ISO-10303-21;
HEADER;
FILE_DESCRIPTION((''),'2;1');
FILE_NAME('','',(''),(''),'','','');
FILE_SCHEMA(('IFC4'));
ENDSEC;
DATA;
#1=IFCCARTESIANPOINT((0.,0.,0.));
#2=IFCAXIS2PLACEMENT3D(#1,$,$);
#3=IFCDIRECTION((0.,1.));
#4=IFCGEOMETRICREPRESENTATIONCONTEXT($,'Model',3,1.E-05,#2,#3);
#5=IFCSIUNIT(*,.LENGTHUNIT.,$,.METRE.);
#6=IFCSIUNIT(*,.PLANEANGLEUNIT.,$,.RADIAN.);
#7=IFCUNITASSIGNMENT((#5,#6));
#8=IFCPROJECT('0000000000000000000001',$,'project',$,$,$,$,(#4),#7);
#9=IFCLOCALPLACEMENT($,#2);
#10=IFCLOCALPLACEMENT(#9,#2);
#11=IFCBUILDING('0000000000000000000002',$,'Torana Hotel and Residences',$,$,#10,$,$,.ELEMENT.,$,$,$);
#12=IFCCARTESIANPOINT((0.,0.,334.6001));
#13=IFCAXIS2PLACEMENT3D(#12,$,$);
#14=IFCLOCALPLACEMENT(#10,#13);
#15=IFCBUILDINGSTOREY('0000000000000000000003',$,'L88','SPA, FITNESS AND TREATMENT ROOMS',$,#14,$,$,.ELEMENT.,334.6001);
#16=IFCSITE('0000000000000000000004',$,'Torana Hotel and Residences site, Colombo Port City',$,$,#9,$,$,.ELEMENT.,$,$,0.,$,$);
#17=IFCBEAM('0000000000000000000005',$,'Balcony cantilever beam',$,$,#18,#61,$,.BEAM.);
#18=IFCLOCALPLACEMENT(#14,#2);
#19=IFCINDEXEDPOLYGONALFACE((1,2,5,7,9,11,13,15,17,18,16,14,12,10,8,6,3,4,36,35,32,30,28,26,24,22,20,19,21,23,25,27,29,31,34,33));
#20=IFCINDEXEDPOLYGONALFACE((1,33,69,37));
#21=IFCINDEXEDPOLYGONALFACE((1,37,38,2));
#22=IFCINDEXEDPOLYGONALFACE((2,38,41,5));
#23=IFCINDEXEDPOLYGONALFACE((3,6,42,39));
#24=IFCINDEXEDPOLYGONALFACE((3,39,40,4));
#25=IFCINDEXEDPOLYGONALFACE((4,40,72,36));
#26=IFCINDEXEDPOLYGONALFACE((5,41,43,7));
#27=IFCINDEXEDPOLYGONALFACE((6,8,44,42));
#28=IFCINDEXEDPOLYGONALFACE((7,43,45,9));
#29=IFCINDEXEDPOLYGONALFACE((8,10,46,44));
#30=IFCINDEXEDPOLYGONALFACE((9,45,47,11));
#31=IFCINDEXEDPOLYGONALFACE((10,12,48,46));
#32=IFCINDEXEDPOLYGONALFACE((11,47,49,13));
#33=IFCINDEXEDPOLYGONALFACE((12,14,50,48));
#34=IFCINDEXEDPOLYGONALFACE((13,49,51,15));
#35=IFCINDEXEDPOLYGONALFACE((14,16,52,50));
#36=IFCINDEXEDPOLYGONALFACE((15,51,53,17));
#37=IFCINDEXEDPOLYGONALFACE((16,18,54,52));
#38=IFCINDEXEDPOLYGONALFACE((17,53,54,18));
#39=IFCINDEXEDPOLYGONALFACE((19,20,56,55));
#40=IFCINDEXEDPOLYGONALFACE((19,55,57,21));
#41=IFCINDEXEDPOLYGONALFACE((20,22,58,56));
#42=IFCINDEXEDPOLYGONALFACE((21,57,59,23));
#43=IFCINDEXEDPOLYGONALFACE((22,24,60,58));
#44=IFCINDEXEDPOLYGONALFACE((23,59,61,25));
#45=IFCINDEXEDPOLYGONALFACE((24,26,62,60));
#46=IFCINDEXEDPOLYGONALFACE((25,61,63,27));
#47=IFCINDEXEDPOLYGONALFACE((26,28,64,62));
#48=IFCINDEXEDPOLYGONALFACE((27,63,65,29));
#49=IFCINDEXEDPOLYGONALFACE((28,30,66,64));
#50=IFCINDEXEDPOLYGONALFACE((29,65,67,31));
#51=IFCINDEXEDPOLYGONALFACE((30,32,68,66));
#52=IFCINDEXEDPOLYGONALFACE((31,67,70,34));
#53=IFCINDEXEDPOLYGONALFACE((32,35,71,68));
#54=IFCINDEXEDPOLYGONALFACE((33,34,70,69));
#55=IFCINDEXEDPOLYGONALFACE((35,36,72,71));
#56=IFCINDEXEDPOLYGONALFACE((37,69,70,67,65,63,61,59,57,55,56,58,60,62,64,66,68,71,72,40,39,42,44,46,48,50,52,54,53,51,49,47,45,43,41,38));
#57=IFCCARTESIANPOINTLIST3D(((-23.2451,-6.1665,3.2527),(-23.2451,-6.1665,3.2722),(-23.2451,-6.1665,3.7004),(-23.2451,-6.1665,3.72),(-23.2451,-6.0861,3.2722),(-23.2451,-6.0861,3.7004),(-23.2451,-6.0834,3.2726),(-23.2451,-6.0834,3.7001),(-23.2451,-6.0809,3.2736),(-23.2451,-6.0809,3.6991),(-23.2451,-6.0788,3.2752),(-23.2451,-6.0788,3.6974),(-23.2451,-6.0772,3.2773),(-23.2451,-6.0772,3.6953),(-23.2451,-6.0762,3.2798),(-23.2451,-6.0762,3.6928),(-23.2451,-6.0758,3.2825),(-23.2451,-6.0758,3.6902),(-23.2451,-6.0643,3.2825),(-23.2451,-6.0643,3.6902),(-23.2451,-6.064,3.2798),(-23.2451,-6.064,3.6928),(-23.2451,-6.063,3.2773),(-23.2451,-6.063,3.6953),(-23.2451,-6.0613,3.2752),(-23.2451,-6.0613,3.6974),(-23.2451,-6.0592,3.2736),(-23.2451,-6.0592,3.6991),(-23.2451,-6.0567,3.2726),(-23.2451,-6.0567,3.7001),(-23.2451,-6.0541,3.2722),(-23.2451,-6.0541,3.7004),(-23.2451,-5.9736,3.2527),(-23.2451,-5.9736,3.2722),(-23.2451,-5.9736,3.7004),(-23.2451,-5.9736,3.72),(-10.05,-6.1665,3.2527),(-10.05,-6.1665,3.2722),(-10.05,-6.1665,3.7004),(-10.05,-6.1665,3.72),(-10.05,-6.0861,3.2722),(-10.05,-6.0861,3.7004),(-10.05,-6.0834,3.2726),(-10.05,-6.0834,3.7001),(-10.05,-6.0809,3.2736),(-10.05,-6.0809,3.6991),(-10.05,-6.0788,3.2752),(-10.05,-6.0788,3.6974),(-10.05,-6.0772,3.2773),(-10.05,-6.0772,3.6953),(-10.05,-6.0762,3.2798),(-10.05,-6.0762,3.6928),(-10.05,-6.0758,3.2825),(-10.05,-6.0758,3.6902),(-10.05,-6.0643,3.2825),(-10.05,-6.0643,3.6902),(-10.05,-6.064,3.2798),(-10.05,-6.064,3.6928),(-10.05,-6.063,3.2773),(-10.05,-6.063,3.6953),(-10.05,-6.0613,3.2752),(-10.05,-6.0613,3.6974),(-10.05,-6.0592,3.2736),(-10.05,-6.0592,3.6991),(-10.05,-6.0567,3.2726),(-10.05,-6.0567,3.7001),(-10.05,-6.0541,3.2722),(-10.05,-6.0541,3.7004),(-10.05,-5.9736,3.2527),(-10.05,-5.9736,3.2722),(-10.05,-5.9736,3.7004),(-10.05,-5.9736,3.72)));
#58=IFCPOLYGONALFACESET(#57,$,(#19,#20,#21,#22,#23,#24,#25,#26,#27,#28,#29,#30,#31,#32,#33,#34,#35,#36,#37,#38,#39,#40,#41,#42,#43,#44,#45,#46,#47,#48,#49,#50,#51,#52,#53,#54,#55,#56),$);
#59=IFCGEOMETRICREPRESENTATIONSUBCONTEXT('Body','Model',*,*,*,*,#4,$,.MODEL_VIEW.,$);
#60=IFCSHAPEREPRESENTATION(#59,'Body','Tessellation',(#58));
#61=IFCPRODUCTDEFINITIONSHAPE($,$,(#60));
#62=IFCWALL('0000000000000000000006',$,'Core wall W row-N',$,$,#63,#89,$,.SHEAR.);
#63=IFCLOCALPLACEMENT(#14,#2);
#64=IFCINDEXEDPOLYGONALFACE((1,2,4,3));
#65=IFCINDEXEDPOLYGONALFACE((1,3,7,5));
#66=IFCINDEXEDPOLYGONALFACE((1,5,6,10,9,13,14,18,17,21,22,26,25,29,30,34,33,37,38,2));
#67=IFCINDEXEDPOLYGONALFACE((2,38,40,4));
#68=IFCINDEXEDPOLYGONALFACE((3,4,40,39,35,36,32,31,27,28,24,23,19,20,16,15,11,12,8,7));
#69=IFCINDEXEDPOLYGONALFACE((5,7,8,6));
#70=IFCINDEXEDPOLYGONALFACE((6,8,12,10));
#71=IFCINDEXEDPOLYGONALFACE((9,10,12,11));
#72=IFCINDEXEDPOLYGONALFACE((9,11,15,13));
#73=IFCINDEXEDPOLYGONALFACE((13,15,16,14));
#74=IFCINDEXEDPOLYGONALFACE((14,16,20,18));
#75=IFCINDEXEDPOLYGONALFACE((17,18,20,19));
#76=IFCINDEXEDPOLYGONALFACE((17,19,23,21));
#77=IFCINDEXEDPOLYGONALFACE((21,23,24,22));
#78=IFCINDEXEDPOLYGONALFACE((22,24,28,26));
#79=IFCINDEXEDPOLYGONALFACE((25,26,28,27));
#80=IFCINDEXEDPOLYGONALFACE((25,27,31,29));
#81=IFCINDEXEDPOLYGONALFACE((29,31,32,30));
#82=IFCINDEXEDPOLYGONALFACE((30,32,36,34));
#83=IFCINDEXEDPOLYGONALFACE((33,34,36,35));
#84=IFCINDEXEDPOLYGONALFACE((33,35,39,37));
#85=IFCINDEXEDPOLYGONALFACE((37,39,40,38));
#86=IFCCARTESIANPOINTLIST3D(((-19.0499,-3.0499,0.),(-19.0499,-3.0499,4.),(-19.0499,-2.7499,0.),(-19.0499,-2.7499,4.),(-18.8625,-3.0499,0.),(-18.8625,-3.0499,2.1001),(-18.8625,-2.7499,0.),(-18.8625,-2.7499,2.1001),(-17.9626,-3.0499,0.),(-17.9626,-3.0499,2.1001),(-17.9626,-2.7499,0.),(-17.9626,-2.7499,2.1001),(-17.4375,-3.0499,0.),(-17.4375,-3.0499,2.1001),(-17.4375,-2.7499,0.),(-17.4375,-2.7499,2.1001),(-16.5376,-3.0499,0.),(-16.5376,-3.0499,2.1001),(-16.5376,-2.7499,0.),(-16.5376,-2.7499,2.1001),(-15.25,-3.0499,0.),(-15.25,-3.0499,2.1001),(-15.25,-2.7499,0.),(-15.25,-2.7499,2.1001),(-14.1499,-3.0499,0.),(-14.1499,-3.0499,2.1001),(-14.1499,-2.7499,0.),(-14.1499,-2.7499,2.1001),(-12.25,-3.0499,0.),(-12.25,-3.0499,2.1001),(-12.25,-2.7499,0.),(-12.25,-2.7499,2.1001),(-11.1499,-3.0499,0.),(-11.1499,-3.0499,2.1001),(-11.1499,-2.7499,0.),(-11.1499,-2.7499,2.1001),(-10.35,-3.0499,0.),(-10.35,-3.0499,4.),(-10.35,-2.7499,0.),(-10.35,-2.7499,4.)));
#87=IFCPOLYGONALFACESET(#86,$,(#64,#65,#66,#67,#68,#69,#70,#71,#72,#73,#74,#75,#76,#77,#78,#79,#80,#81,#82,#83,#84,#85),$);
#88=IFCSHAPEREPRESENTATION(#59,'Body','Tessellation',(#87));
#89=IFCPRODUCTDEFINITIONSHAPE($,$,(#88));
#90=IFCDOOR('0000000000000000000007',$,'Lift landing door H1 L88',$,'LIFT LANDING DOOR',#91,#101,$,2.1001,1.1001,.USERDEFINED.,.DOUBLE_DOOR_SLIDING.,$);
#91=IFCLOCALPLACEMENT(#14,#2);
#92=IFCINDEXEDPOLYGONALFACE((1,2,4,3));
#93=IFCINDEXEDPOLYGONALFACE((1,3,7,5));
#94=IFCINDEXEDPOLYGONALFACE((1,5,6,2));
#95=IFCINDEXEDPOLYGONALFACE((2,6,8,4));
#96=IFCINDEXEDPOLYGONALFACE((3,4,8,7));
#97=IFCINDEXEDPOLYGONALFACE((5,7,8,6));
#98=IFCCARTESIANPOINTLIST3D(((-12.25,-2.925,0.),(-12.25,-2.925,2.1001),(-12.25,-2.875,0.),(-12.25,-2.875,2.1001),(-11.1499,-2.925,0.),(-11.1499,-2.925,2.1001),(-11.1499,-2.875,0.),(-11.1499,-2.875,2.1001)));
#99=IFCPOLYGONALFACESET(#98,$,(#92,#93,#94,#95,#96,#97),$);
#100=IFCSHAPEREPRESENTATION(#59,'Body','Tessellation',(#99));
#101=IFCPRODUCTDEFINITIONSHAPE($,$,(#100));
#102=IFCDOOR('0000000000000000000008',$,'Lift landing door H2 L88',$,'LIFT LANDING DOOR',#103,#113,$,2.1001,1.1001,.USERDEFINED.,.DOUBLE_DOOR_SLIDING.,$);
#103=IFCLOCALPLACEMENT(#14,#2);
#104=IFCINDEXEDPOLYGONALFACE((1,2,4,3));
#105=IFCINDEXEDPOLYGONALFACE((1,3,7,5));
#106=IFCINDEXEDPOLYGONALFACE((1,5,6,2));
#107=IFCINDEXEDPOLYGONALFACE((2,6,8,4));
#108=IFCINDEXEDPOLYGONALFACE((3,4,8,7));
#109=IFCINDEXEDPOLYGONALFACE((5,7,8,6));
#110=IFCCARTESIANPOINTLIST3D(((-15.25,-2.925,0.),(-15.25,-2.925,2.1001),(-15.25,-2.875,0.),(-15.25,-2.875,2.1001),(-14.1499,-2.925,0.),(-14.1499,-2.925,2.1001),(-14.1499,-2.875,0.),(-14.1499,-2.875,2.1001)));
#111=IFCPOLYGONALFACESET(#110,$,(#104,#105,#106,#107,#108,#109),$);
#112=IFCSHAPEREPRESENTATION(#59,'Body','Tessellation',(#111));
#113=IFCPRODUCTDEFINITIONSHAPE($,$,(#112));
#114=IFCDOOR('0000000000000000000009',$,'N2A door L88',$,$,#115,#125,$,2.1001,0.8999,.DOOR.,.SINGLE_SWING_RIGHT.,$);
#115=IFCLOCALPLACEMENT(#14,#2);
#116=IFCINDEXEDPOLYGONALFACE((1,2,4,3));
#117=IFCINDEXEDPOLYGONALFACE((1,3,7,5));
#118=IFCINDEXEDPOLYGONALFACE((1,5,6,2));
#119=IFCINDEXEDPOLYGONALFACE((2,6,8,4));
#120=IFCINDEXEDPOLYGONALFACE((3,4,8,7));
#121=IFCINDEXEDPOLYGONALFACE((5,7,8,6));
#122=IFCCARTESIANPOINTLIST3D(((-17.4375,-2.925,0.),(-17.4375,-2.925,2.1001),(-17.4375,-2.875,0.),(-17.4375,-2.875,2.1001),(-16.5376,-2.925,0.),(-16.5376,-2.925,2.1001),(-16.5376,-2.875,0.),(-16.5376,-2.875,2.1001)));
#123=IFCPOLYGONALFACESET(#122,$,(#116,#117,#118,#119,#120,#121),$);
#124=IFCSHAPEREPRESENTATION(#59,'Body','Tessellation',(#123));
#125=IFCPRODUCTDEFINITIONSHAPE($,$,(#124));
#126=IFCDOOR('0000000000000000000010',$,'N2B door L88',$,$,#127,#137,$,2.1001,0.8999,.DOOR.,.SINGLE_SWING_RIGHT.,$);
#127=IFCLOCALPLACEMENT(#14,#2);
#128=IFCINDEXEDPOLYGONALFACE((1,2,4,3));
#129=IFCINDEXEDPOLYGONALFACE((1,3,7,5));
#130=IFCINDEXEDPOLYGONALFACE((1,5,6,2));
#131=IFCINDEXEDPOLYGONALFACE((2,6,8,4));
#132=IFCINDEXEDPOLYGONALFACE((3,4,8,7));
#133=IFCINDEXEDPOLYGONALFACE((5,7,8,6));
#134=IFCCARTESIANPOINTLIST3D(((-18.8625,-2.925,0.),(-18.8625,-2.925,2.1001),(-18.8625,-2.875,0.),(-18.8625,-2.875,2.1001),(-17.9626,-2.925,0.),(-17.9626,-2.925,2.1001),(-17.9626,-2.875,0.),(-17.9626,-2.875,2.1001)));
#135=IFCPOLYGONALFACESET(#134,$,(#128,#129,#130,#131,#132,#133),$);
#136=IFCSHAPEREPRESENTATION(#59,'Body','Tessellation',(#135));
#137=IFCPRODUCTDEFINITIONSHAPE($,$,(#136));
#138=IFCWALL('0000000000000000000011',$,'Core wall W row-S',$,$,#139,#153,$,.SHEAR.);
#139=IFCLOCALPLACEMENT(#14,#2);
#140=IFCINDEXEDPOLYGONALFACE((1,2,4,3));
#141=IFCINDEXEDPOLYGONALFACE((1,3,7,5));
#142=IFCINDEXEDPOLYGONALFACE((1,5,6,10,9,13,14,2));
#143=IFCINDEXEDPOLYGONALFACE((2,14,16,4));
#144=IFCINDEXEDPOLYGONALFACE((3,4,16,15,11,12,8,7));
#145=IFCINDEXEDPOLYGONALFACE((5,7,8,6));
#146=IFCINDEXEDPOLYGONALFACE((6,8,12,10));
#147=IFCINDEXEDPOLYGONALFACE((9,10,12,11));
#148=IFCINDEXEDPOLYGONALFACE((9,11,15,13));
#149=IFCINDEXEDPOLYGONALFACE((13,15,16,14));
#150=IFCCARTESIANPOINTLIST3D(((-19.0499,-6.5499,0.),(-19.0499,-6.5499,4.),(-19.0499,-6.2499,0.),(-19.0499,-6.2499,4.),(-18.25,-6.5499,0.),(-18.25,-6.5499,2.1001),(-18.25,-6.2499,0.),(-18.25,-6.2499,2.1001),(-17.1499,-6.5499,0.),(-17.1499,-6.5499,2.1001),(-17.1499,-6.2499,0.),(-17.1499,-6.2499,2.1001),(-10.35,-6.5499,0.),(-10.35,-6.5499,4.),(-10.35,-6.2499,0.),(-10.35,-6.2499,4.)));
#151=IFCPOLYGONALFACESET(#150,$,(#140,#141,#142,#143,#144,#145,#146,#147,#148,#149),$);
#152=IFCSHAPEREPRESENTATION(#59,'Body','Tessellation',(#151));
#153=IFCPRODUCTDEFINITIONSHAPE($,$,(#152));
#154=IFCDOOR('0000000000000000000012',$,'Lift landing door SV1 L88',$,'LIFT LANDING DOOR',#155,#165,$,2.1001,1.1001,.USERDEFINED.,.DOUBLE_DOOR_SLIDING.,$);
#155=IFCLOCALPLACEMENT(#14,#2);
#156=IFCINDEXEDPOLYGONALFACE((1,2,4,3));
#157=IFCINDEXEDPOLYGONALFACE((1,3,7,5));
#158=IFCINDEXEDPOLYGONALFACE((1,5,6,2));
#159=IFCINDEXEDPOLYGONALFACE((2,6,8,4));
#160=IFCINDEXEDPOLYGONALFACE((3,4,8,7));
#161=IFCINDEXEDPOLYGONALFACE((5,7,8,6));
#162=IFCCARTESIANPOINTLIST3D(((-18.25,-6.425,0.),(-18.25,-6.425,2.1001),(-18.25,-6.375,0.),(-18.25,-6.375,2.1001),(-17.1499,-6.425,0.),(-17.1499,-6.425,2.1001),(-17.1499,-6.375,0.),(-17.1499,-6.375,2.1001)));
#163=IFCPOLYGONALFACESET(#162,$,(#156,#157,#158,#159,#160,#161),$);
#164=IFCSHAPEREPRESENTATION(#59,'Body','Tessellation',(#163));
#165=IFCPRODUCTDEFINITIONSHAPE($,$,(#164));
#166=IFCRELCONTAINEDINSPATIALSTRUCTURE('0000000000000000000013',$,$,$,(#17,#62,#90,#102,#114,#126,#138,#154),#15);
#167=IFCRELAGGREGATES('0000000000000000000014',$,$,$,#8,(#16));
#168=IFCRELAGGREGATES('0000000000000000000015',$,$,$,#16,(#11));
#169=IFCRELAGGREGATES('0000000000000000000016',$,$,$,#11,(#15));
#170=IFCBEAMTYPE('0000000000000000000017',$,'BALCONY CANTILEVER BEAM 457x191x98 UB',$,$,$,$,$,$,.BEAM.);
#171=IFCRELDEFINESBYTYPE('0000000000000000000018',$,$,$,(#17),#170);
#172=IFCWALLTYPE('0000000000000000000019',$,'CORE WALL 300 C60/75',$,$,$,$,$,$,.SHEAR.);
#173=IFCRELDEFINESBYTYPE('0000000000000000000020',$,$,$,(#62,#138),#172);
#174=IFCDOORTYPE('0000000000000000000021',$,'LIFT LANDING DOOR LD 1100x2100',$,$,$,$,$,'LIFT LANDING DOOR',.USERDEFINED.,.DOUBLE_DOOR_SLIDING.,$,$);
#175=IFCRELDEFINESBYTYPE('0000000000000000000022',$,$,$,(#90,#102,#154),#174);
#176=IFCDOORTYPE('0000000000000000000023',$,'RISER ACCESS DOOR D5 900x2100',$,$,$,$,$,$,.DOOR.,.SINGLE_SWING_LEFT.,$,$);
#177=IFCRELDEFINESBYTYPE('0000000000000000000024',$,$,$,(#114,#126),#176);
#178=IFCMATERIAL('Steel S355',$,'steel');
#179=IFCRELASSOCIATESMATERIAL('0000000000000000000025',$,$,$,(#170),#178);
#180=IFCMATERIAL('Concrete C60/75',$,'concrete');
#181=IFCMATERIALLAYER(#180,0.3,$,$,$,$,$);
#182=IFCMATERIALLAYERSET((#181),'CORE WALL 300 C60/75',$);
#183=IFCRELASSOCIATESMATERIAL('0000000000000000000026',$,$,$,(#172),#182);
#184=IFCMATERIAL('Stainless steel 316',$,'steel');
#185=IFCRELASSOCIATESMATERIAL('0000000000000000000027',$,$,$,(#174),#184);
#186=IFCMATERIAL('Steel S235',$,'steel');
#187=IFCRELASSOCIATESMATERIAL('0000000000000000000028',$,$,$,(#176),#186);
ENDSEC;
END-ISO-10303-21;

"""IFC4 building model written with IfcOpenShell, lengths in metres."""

from ifc_helpers import new_model, si_unit, direction, frame, frame_2d, origin, origin_2d, place, context, subcontext, project, spatial, rectangle, i_section, extrude, material, layer, layer_set, material_profile, profile_set, type_object, element, fill, save


model = new_model("IFC4")

# Units and contexts
model_context = context("Model", 3, precision=1e-05, world=origin(), true_north=direction((0.0, 1.0)))
body_context = subcontext(model_context, "Body", "Model", "MODEL_VIEW")
ifc_project = project(units=[si_unit("LENGTHUNIT", "METRE"), si_unit("PLANEANGLEUNIT", "RADIAN")], contexts=[model_context])

# Site, building, storey
site_placement = place(None, origin())
site = spatial("IfcSite", under=ifc_project, at=site_placement, Name="Torana Hotel and Residences site, Colombo Port City", CompositionType="ELEMENT", RefElevation=0.0)
building_placement = place(site_placement, origin())
building = spatial("IfcBuilding", under=site, at=building_placement, Name="Torana Hotel and Residences", CompositionType="ELEMENT")
storey_placement = place(building_placement, frame((0.0, 0.0, 334.6001)))
storey = spatial("IfcBuildingStorey", under=building, at=storey_placement, Name="L88", Description="SPA, FITNESS AND TREATMENT ROOMS", CompositionType="ELEMENT", Elevation=334.6001)

# Beam
ifc_material_1 = material(Name="Steel S355", Category="steel")
ifc_material_profile = material_profile(ifc_material_1, i_section(OverallWidth=0.1929, OverallDepth=0.4673, WebThickness=0.0115, FlangeThickness=0.0195, FilletRadius=0.0103, at=origin_2d()), Name="457x191x98 UB")
ifc_profile_set = profile_set([ifc_material_profile], Name="Steel S355")
beam_type = type_object("IfcBeamType", Name="BALCONY CANTILEVER BEAM 457x191x98 UB", PredefinedType="BEAM", material=ifc_profile_set)
beam_placement = place(storey_placement, frame((-23.2451, -6.0701, 3.4863), z_axis=(1.0, 0.0, 0.0), x_axis=(0.0, 1.0, 0.0)))
element("IfcBeam", 1, at=beam_placement, inside=storey, type_object=beam_type, Name="Balcony cantilever beam", PredefinedType="BEAM", context=body_context, shape_type="SweptSolid", body=[
    extrude(i_section(OverallWidth=0.1929, OverallDepth=0.4673, WebThickness=0.0115, FlangeThickness=0.0195, FilletRadius=0.0103, at=origin_2d()), origin(), (0.0, 0.0, 1.0), 13.1951),
])

# Wall, openings, doors
ifc_material_2 = material(Name="Concrete C60/75", Category="concrete")
ifc_layer_1 = layer(ifc_material_2, 0.3)
ifc_layer_set_1 = layer_set([ifc_layer_1], Name="CORE WALL 300 C60/75")
wall_type_1 = type_object("IfcWallType", Name="CORE WALL 300 C60/75", PredefinedType="SHEAR", material=ifc_layer_set_1)
wall_1_placement = place(storey_placement, frame((-19.05, -2.8999, 0.0), z_axis=(0.0, 0.0, 1.0), x_axis=(1.0, 0.0, 0.0)))
wall_1 = element("IfcWall", 2, at=wall_1_placement, inside=storey, type_object=wall_type_1, Name="Core wall W row-N", PredefinedType="SHEAR", context=body_context, shape_type="SweptSolid", body=[
    extrude(rectangle(XDim=8.7, YDim=0.3, at=frame_2d((4.3501, 0.0))), origin(), (0.0, 0.0, 1.0), 4.0),
])
opening_1_placement = place(wall_1_placement, frame((6.8, 0.0, 0.0)))
opening_1 = element("IfcOpeningElement", 3, at=opening_1_placement, cuts=wall_1, PredefinedType="OPENING", context=body_context, shape_type="SweptSolid", body=[
    extrude(rectangle(XDim=1.1001, YDim=2.1001, at=frame_2d((0.55, 1.05))), frame((0.0, 0.1599, 0.0), z_axis=(0.0, -1.0, 0.0), x_axis=(1.0, 0.0, 0.0)), (0.0, 0.0, 1.0), 0.3201),
])
opening_2_placement = place(wall_1_placement, frame((3.8, 0.0, 0.0)))
opening_2 = element("IfcOpeningElement", 4, at=opening_2_placement, cuts=wall_1, PredefinedType="OPENING", context=body_context, shape_type="SweptSolid", body=[
    extrude(rectangle(XDim=1.1001, YDim=2.1001, at=frame_2d((0.55, 1.05))), frame((0.0, 0.1599, 0.0), z_axis=(0.0, -1.0, 0.0), x_axis=(1.0, 0.0, 0.0)), (0.0, 0.0, 1.0), 0.3201),
])
opening_3_placement = place(wall_1_placement, frame((1.6125, 0.0, 0.0)))
opening_3 = element("IfcOpeningElement", 5, at=opening_3_placement, cuts=wall_1, PredefinedType="OPENING", context=body_context, shape_type="SweptSolid", body=[
    extrude(rectangle(XDim=0.8999, YDim=2.1001, at=frame_2d((0.45, 1.05))), frame((0.0, 0.1599, 0.0), z_axis=(0.0, -1.0, 0.0), x_axis=(1.0, 0.0, 0.0)), (0.0, 0.0, 1.0), 0.3201),
])
opening_4_placement = place(wall_1_placement, frame((0.1875, 0.0, 0.0)))
opening_4 = element("IfcOpeningElement", 6, at=opening_4_placement, cuts=wall_1, PredefinedType="OPENING", context=body_context, shape_type="SweptSolid", body=[
    extrude(rectangle(XDim=0.8999, YDim=2.1001, at=frame_2d((0.45, 1.05))), frame((0.0, 0.1599, 0.0), z_axis=(0.0, -1.0, 0.0), x_axis=(1.0, 0.0, 0.0)), (0.0, 0.0, 1.0), 0.3201),
])
ifc_material_3 = material(Name="Stainless steel 316", Category="steel")
door_type_1 = type_object("IfcDoorType", Name="LIFT LANDING DOOR LD 1100x2100", ElementType="LIFT LANDING DOOR", OperationType="DOUBLE_DOOR_SLIDING", PredefinedType="USERDEFINED", material=ifc_material_3)
door_1_placement = place(opening_1_placement, origin())
door_1 = element("IfcDoor", 7, at=door_1_placement, inside=storey, type_object=door_type_1, Name="Lift landing door H1 L88", ObjectType="LIFT LANDING DOOR", OperationType="DOUBLE_DOOR_SLIDING", OverallHeight=2.1001, OverallWidth=1.1001, PredefinedType="USERDEFINED", context=body_context, shape_type="SweptSolid", body=[
    extrude(rectangle(XDim=1.1001, YDim=2.1001, at=frame_2d((0.55, 1.05))), frame((0.0, 0.0249, 0.0), z_axis=(0.0, -1.0, 0.0), x_axis=(1.0, 0.0, 0.0)), (0.0, 0.0, 1.0), 0.05),
])
fill(opening_1, door_1)
door_2_placement = place(opening_2_placement, origin())
door_2 = element("IfcDoor", 8, at=door_2_placement, inside=storey, type_object=door_type_1, Name="Lift landing door H2 L88", ObjectType="LIFT LANDING DOOR", OperationType="DOUBLE_DOOR_SLIDING", OverallHeight=2.1001, OverallWidth=1.1001, PredefinedType="USERDEFINED", context=body_context, shape_type="SweptSolid", body=[
    extrude(rectangle(XDim=1.1001, YDim=2.1001, at=frame_2d((0.55, 1.05))), frame((0.0, 0.0249, 0.0), z_axis=(0.0, -1.0, 0.0), x_axis=(1.0, 0.0, 0.0)), (0.0, 0.0, 1.0), 0.05),
])
fill(opening_2, door_2)
ifc_material_4 = material(Name="Steel S235", Category="steel")
door_type_2 = type_object("IfcDoorType", Name="RISER ACCESS DOOR D5 900x2100", OperationType="SINGLE_SWING_LEFT", PredefinedType="DOOR", material=ifc_material_4)
door_3_placement = place(opening_3_placement, origin())
door_3 = element("IfcDoor", 9, at=door_3_placement, inside=storey, type_object=door_type_2, Name="N2A door L88", OperationType="SINGLE_SWING_RIGHT", OverallHeight=2.1001, OverallWidth=0.8999, PredefinedType="DOOR", context=body_context, shape_type="SweptSolid", body=[
    extrude(rectangle(XDim=0.8999, YDim=2.1001, at=frame_2d((0.45, 1.05))), frame((0.0, 0.0249, 0.0), z_axis=(0.0, -1.0, 0.0), x_axis=(1.0, 0.0, 0.0)), (0.0, 0.0, 1.0), 0.05),
])
fill(opening_3, door_3)
door_4_placement = place(opening_4_placement, origin())
door_4 = element("IfcDoor", 10, at=door_4_placement, inside=storey, type_object=door_type_2, Name="N2B door L88", OperationType="SINGLE_SWING_RIGHT", OverallHeight=2.1001, OverallWidth=0.8999, PredefinedType="DOOR", context=body_context, shape_type="SweptSolid", body=[
    extrude(rectangle(XDim=0.8999, YDim=2.1001, at=frame_2d((0.45, 1.05))), frame((0.0, 0.0249, 0.0), z_axis=(0.0, -1.0, 0.0), x_axis=(1.0, 0.0, 0.0)), (0.0, 0.0, 1.0), 0.05),
])
fill(opening_4, door_4)

# Wall, opening, door
wall_2_placement = place(storey_placement, frame((-19.05, -6.3999, 0.0), z_axis=(0.0, 0.0, 1.0), x_axis=(1.0, 0.0, 0.0)))
wall_2 = element("IfcWall", 11, at=wall_2_placement, inside=storey, type_object=wall_type_1, Name="Core wall W row-S", PredefinedType="SHEAR", context=body_context, shape_type="SweptSolid", body=[
    extrude(rectangle(XDim=8.7, YDim=0.3, at=frame_2d((4.3501, 0.0))), origin(), (0.0, 0.0, 1.0), 4.0),
])
opening_5_placement = place(wall_2_placement, frame((0.8, 0.0, 0.0)))
opening_5 = element("IfcOpeningElement", 12, at=opening_5_placement, cuts=wall_2, PredefinedType="OPENING", context=body_context, shape_type="SweptSolid", body=[
    extrude(rectangle(XDim=1.1001, YDim=2.1001, at=frame_2d((0.55, 1.05))), frame((0.0, 0.1599, 0.0), z_axis=(0.0, -1.0, 0.0), x_axis=(1.0, 0.0, 0.0)), (0.0, 0.0, 1.0), 0.3201),
])
door_5_placement = place(opening_5_placement, origin())
door_5 = element("IfcDoor", 13, at=door_5_placement, inside=storey, type_object=door_type_1, Name="Lift landing door SV1 L88", ObjectType="LIFT LANDING DOOR", OperationType="DOUBLE_DOOR_SLIDING", OverallHeight=2.1001, OverallWidth=1.1001, PredefinedType="USERDEFINED", context=body_context, shape_type="SweptSolid", body=[
    extrude(rectangle(XDim=1.1001, YDim=2.1001, at=frame_2d((0.55, 1.05))), frame((0.0, 0.0249, 0.0), z_axis=(0.0, -1.0, 0.0), x_axis=(1.0, 0.0, 0.0)), (0.0, 0.0, 1.0), 0.05),
])
fill(opening_5, door_5)

save(model, "model.ifc")
